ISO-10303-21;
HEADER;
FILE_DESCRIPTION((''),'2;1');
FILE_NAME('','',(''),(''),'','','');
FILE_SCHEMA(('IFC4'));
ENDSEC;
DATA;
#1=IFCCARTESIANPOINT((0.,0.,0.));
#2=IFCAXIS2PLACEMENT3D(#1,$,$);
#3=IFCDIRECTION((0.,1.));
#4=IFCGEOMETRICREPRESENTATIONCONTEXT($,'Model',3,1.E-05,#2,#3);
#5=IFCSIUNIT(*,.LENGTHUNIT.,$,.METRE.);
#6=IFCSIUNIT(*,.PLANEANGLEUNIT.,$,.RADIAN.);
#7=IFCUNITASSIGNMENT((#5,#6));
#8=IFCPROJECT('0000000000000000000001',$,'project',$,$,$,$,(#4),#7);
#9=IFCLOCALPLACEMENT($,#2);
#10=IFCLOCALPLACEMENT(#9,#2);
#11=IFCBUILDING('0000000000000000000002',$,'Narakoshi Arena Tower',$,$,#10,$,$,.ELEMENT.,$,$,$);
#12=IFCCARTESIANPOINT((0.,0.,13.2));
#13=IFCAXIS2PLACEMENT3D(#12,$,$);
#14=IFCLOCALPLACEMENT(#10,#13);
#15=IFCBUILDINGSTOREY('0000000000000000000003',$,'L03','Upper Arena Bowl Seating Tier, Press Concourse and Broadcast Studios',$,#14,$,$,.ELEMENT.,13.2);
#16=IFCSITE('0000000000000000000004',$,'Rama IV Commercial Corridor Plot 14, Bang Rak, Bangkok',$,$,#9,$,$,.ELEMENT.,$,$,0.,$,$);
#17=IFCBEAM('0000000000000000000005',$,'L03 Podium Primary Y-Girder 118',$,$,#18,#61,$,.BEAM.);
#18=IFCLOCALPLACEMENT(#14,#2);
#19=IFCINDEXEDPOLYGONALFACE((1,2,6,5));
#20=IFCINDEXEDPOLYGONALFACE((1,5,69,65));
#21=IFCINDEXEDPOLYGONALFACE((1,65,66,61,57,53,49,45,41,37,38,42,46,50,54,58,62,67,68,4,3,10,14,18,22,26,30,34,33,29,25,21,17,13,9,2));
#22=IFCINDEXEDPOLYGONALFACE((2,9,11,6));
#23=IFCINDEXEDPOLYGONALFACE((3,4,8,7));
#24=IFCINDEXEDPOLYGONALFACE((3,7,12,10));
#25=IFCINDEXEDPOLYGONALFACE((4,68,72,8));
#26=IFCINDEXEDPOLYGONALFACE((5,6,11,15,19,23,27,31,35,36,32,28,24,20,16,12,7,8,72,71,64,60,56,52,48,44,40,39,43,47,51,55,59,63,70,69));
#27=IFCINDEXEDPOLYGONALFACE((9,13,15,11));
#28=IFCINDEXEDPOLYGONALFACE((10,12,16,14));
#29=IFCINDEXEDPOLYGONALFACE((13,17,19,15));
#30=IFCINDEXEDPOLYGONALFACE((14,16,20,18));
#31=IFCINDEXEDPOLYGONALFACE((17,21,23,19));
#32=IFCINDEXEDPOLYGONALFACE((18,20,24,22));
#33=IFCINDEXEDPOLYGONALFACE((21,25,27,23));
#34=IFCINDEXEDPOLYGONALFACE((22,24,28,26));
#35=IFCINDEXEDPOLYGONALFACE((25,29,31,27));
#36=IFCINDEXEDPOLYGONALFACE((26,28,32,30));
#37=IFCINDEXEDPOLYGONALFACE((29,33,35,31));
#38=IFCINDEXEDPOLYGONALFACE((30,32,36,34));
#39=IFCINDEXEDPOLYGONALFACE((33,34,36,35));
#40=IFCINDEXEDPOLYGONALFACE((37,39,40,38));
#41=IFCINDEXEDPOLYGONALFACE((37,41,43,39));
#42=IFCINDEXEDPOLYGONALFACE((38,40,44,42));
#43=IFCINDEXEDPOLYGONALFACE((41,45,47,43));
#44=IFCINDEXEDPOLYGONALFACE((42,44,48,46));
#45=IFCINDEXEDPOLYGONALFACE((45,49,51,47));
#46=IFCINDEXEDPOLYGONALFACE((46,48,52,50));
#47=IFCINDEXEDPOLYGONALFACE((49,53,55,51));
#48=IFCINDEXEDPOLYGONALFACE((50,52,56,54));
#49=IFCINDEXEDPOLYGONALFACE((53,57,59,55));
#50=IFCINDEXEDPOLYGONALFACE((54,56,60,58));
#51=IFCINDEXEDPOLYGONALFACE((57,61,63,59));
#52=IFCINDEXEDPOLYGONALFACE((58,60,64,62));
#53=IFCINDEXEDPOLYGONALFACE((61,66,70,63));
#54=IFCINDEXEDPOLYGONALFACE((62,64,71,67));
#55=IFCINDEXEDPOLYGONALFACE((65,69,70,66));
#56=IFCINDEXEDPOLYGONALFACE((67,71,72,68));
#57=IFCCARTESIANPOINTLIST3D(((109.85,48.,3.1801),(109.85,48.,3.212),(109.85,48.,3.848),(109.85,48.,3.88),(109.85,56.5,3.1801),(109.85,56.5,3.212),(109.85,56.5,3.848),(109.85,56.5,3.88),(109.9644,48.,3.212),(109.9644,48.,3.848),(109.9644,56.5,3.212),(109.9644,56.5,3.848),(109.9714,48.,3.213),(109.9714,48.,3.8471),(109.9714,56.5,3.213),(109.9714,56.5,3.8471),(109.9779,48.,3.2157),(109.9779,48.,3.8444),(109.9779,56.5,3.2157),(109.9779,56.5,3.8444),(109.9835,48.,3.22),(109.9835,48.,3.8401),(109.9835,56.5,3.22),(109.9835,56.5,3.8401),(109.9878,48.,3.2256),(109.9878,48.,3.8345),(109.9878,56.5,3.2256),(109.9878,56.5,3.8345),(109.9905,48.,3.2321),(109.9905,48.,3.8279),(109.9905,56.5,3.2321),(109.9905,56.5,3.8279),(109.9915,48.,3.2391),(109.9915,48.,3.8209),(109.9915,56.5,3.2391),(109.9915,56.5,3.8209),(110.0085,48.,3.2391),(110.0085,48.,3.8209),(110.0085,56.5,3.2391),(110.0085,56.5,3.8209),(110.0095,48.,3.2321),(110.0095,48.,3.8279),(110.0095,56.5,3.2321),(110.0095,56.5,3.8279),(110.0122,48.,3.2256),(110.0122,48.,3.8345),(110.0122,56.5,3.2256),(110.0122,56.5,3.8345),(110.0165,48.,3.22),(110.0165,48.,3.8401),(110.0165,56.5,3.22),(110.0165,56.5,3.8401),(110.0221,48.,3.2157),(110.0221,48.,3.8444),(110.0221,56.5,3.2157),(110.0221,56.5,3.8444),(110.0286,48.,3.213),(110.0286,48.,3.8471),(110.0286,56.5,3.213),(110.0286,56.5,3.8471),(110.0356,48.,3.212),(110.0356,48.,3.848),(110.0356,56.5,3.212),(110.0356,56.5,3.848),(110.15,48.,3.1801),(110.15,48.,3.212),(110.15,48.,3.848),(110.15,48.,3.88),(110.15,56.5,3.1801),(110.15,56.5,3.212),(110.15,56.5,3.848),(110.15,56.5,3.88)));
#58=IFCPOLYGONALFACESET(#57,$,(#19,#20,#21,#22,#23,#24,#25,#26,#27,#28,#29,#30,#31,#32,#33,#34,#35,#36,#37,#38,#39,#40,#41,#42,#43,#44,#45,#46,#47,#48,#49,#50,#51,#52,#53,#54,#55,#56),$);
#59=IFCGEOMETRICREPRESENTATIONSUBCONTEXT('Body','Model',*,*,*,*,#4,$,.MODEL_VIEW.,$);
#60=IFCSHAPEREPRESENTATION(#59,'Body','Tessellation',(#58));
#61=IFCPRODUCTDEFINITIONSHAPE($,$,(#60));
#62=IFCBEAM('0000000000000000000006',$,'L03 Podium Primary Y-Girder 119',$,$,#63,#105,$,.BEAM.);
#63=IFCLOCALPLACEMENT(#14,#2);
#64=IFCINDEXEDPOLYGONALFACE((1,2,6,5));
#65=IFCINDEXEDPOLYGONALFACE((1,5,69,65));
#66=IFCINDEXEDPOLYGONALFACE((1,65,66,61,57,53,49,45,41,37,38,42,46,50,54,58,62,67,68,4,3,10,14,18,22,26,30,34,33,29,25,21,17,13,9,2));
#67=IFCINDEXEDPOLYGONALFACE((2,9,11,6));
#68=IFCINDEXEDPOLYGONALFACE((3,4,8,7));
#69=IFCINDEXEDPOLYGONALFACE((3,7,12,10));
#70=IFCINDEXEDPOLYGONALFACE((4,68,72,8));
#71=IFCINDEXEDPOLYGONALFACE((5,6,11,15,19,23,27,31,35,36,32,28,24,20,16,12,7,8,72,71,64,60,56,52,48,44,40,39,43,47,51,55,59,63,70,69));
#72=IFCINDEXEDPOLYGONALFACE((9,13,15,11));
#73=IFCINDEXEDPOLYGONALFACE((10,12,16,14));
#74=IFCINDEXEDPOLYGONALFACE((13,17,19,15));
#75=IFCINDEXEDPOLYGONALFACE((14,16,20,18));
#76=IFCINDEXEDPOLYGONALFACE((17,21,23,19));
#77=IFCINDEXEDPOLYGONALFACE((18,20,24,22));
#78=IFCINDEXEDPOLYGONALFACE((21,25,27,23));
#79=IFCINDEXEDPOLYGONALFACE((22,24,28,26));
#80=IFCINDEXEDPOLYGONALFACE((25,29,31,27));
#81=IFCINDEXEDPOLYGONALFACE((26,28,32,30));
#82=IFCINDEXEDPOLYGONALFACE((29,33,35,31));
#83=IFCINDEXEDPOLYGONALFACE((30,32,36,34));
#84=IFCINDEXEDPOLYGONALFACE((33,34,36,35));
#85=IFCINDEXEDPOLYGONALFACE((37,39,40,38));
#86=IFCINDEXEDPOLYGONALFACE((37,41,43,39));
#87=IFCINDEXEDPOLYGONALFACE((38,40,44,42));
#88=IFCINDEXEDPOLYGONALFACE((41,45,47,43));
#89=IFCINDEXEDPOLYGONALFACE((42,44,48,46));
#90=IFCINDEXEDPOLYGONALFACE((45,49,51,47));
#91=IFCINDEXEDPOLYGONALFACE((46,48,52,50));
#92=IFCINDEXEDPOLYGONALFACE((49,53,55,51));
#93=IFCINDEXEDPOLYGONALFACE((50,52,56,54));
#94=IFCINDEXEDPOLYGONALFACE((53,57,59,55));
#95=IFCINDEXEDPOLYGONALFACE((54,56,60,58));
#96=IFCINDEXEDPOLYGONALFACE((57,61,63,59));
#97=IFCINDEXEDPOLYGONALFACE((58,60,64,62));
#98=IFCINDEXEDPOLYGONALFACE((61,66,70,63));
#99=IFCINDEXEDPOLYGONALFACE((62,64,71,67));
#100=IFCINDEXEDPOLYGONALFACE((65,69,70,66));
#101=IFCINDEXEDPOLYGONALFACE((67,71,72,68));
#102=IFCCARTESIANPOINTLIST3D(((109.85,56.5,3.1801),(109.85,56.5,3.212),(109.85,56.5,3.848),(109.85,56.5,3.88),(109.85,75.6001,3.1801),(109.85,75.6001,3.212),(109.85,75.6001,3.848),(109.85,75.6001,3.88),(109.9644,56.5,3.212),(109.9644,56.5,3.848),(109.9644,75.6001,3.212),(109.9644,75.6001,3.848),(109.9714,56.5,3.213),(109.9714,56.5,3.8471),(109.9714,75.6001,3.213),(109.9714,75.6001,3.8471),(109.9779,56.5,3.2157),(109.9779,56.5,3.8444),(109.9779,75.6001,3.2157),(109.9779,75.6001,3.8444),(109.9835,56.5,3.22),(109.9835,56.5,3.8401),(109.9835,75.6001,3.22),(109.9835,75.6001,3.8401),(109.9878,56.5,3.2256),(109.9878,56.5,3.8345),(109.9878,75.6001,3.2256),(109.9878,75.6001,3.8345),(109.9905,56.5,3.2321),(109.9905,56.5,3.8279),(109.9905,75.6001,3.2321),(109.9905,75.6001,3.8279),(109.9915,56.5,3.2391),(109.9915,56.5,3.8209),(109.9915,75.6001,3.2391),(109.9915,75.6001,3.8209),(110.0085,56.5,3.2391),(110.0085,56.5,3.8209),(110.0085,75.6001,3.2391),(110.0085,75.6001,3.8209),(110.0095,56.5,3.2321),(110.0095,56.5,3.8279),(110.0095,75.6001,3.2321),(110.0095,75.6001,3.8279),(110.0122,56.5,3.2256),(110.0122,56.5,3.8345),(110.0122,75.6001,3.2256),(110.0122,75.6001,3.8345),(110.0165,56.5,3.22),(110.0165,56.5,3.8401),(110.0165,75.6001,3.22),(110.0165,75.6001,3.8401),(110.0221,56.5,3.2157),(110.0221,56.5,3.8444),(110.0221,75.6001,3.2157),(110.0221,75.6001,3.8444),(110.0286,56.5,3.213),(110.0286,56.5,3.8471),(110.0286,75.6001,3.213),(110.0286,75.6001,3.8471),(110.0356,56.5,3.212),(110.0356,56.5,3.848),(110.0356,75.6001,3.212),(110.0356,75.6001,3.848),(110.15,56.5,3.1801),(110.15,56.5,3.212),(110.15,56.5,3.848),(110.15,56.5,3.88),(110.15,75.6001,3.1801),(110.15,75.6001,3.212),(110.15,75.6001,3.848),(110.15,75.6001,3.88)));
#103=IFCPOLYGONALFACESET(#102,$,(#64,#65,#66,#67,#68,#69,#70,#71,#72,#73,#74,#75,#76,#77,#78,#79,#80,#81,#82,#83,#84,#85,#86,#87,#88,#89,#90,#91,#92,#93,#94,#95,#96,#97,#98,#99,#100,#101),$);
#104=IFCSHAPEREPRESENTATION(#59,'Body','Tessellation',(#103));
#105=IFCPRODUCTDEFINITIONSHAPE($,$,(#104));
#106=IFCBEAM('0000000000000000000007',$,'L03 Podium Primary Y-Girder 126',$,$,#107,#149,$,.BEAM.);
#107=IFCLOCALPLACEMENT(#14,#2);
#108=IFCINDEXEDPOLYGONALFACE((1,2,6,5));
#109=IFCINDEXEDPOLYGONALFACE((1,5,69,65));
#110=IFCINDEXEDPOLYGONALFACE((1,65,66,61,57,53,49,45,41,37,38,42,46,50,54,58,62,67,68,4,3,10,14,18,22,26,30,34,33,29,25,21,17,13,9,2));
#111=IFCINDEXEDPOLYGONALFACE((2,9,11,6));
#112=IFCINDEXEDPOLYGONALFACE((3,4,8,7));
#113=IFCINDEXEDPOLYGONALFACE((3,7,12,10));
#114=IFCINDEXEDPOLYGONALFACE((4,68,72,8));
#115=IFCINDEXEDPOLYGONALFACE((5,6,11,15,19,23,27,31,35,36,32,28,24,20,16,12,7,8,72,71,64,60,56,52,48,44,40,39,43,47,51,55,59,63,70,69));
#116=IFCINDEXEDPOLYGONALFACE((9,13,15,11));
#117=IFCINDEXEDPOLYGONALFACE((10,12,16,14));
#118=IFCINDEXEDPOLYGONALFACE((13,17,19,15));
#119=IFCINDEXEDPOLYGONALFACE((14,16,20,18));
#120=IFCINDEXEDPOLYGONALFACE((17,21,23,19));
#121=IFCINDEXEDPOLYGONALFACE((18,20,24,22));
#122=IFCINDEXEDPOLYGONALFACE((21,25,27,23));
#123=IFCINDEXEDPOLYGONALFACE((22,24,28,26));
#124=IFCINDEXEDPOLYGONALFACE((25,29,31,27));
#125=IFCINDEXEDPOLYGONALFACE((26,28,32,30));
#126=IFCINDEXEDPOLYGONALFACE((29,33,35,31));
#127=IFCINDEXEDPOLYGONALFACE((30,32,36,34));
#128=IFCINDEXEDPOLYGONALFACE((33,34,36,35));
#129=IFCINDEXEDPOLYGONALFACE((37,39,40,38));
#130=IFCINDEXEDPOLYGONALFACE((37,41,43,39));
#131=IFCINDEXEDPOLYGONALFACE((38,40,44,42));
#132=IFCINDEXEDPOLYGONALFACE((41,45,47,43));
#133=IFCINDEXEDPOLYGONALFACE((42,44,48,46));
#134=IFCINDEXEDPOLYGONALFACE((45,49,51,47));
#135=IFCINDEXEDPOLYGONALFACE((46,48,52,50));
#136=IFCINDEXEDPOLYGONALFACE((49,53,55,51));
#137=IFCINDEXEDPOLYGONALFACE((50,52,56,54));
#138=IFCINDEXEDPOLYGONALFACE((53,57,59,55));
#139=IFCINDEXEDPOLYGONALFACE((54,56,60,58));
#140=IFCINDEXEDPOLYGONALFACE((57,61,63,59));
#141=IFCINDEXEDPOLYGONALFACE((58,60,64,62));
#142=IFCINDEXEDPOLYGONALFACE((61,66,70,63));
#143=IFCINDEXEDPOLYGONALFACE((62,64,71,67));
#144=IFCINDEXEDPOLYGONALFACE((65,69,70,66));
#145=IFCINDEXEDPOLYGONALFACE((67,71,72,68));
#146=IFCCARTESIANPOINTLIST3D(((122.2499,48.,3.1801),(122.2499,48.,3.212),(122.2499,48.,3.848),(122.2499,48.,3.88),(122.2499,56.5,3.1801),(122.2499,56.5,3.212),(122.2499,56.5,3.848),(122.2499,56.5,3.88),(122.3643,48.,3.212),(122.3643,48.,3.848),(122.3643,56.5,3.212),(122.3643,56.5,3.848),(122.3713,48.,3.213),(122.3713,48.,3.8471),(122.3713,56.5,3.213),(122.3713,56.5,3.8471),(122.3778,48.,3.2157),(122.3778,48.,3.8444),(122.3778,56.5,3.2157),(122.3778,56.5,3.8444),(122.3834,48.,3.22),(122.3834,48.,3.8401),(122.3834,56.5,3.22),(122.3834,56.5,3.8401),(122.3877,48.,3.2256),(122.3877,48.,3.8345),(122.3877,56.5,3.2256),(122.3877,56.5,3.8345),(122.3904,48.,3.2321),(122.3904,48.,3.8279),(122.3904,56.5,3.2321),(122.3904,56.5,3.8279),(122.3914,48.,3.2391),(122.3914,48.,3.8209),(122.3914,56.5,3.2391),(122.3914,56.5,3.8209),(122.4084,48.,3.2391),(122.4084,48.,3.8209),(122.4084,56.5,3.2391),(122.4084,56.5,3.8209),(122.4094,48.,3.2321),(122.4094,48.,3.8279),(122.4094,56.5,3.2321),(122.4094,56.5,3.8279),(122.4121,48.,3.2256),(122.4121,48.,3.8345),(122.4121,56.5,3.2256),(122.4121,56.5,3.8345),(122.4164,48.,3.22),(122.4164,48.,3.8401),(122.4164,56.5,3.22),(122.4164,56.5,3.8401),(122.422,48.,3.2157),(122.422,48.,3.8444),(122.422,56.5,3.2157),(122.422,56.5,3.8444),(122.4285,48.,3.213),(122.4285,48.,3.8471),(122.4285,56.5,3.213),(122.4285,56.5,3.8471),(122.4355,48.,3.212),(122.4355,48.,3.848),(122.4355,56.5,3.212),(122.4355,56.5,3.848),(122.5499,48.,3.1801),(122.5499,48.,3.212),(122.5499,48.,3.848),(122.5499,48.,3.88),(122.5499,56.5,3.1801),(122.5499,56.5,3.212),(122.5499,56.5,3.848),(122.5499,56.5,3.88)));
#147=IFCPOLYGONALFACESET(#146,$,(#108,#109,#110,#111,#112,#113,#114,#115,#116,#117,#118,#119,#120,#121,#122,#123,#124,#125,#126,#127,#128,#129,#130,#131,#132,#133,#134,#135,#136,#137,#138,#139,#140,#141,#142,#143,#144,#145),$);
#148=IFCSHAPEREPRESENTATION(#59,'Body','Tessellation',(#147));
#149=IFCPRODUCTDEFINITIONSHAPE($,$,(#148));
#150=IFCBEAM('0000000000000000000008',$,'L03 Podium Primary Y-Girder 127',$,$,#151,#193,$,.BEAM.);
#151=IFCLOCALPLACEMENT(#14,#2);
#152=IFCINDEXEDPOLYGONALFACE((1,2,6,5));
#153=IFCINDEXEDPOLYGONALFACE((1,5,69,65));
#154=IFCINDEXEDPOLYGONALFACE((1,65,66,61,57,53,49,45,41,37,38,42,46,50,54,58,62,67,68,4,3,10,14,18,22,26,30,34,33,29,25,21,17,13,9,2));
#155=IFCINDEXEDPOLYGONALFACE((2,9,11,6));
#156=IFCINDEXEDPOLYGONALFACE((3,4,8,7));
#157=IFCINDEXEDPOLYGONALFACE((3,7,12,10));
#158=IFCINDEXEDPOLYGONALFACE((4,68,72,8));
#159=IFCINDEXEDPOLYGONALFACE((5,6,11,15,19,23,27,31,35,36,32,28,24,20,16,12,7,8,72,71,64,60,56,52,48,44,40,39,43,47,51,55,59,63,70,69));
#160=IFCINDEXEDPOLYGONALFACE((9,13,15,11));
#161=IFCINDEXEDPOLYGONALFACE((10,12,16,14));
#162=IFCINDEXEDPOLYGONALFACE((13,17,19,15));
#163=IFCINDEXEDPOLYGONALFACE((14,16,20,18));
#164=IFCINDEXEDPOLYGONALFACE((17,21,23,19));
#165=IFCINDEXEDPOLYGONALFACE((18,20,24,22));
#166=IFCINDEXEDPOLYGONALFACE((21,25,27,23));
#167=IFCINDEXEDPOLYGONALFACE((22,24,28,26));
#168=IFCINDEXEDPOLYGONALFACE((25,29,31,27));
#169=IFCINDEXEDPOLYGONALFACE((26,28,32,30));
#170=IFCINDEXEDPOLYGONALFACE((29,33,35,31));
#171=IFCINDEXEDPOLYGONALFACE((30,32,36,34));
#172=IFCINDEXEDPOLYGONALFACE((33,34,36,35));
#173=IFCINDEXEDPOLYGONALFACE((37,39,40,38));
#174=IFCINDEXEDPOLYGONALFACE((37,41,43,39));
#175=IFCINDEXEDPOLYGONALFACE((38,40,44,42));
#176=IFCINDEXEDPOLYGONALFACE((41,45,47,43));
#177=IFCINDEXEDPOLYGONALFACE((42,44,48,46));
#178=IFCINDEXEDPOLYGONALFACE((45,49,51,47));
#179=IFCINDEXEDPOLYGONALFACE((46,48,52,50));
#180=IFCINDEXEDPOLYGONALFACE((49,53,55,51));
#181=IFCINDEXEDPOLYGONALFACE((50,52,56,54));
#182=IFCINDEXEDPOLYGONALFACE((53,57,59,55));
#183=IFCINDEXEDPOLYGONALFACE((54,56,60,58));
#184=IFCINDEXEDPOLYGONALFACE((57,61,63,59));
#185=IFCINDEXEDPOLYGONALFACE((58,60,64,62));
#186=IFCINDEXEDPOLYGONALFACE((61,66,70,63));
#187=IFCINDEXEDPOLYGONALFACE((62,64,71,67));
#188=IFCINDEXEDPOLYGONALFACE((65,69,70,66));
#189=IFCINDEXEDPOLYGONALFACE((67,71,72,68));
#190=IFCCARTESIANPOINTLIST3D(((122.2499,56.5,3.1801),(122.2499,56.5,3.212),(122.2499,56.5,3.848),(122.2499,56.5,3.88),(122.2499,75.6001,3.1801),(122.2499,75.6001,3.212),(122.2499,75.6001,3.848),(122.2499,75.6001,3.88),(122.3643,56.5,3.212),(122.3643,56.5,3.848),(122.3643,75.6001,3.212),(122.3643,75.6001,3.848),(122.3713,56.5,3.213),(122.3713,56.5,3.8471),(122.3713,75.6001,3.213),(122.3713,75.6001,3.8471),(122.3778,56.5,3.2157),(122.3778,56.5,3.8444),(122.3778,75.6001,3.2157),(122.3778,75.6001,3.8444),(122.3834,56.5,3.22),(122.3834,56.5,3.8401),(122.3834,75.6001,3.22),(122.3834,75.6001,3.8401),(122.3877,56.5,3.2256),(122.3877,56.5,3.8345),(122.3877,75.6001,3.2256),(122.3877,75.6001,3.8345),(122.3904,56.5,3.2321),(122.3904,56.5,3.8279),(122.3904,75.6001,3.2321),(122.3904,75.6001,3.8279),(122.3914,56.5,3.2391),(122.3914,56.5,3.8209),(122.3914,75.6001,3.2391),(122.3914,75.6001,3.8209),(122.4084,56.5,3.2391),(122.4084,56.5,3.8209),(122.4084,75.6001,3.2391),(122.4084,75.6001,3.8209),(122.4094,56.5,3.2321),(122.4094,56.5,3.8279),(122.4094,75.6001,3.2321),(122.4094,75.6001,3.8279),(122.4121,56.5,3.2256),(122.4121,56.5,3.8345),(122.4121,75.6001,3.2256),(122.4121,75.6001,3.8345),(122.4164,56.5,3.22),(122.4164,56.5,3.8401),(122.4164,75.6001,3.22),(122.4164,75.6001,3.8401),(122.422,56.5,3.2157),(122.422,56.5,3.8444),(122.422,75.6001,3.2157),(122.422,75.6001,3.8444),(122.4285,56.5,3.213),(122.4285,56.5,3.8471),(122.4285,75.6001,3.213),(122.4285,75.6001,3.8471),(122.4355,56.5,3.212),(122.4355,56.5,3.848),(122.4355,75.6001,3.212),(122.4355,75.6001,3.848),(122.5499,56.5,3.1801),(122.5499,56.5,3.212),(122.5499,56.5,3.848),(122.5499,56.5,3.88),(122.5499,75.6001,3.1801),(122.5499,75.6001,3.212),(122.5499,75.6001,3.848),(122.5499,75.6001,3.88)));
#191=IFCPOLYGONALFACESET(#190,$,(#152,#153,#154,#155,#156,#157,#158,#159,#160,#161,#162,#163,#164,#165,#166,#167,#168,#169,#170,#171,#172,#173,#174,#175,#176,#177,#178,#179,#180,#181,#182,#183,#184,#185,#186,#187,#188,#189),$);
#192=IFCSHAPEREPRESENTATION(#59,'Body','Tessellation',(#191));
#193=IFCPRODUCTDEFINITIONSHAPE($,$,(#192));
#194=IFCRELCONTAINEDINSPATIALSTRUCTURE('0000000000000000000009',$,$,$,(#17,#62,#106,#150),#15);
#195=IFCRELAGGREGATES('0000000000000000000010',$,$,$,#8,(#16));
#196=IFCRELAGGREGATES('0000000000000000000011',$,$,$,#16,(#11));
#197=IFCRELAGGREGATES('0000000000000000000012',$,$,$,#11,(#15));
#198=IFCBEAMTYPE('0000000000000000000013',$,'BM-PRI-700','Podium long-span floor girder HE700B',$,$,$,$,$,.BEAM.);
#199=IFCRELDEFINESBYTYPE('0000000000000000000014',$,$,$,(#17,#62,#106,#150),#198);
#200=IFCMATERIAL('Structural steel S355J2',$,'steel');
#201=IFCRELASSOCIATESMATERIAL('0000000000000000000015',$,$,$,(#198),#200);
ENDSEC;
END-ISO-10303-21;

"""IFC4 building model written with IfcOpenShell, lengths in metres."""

from ifc_helpers import new_model, si_unit, direction, frame, origin, origin_2d, place, context, subcontext, project, spatial, i_section, extrude, material, material_profile, profile_set, type_object, element, save


model = new_model("IFC4")

# Units and contexts
model_context = context("Model", 3, precision=1e-05, world=origin(), true_north=direction((0.0, 1.0)))
body_context = subcontext(model_context, "Body", "Model", "MODEL_VIEW")
ifc_project = project(units=[si_unit("LENGTHUNIT", "METRE"), si_unit("PLANEANGLEUNIT", "RADIAN")], contexts=[model_context])

# Site, building, storey
site_placement = place(None, origin())
site = spatial("IfcSite", under=ifc_project, at=site_placement, Name="Rama IV Commercial Corridor Plot 14, Bang Rak, Bangkok", CompositionType="ELEMENT", RefElevation=0.0)
building_placement = place(site_placement, origin())
building = spatial("IfcBuilding", under=site, at=building_placement, Name="Narakoshi Arena Tower", CompositionType="ELEMENT")
storey_placement = place(building_placement, frame((0.0, 0.0, 13.2)))
storey = spatial("IfcBuildingStorey", under=building, at=storey_placement, Name="L03", Description="Upper Arena Bowl Seating Tier, Press Concourse and Broadcast Studios", CompositionType="ELEMENT", Elevation=13.2)

# Beams
ifc_material_1 = material(Name="Structural steel S355J2", Category="steel")
ifc_material_profile_1 = material_profile(ifc_material_1, i_section(OverallWidth=0.3, OverallDepth=0.7, WebThickness=0.0171, FlangeThickness=0.032, FilletRadius=0.0271, at=origin_2d()), Name="HE700B")
ifc_profile_set_1 = profile_set([ifc_material_profile_1], Name="Structural steel S355J2")
beam_type_1 = type_object("IfcBeamType", Name="BM-PRI-700", Description="Podium long-span floor girder HE700B", PredefinedType="BEAM", material=ifc_profile_set_1)
beam_1_placement = place(storey_placement, frame((110.0, 48.0, 3.53), z_axis=(0.0, 1.0, 0.0), x_axis=(-1.0, 0.0, 0.0)))
element("IfcBeam", 1, at=beam_1_placement, inside=storey, type_object=beam_type_1, Name="L03 Podium Primary Y-Girder 118", PredefinedType="BEAM", context=body_context, shape_type="SweptSolid", body=[
    extrude(i_section(OverallWidth=0.3, OverallDepth=0.7, WebThickness=0.0171, FlangeThickness=0.032, FilletRadius=0.0271, at=origin_2d()), origin(), (0.0, 0.0, 1.0), 8.5),
])
beam_2_placement = place(storey_placement, frame((110.0, 56.5, 3.53), z_axis=(0.0, 1.0, 0.0), x_axis=(-1.0, 0.0, 0.0)))
element("IfcBeam", 2, at=beam_2_placement, inside=storey, type_object=beam_type_1, Name="L03 Podium Primary Y-Girder 119", PredefinedType="BEAM", context=body_context, shape_type="SweptSolid", body=[
    extrude(i_section(OverallWidth=0.3, OverallDepth=0.7, WebThickness=0.0171, FlangeThickness=0.032, FilletRadius=0.0271, at=origin_2d()), origin(), (0.0, 0.0, 1.0), 19.1001),
])
beam_3_placement = place(storey_placement, frame((122.3999, 48.0, 3.53), z_axis=(0.0, 1.0, 0.0), x_axis=(-1.0, 0.0, 0.0)))
element("IfcBeam", 3, at=beam_3_placement, inside=storey, type_object=beam_type_1, Name="L03 Podium Primary Y-Girder 126", PredefinedType="BEAM", context=body_context, shape_type="SweptSolid", body=[
    extrude(i_section(OverallWidth=0.3, OverallDepth=0.7, WebThickness=0.0171, FlangeThickness=0.032, FilletRadius=0.0271, at=origin_2d()), origin(), (0.0, 0.0, 1.0), 8.5),
])
beam_4_placement = place(storey_placement, frame((122.3999, 56.5, 3.53), z_axis=(0.0, 1.0, 0.0), x_axis=(-1.0, 0.0, 0.0)))
element("IfcBeam", 4, at=beam_4_placement, inside=storey, type_object=beam_type_1, Name="L03 Podium Primary Y-Girder 127", PredefinedType="BEAM", context=body_context, shape_type="SweptSolid", body=[
    extrude(i_section(OverallWidth=0.3, OverallDepth=0.7, WebThickness=0.0171, FlangeThickness=0.032, FilletRadius=0.0271, at=origin_2d()), origin(), (0.0, 0.0, 1.0), 19.1001),
])

save(model, "model.ifc")
